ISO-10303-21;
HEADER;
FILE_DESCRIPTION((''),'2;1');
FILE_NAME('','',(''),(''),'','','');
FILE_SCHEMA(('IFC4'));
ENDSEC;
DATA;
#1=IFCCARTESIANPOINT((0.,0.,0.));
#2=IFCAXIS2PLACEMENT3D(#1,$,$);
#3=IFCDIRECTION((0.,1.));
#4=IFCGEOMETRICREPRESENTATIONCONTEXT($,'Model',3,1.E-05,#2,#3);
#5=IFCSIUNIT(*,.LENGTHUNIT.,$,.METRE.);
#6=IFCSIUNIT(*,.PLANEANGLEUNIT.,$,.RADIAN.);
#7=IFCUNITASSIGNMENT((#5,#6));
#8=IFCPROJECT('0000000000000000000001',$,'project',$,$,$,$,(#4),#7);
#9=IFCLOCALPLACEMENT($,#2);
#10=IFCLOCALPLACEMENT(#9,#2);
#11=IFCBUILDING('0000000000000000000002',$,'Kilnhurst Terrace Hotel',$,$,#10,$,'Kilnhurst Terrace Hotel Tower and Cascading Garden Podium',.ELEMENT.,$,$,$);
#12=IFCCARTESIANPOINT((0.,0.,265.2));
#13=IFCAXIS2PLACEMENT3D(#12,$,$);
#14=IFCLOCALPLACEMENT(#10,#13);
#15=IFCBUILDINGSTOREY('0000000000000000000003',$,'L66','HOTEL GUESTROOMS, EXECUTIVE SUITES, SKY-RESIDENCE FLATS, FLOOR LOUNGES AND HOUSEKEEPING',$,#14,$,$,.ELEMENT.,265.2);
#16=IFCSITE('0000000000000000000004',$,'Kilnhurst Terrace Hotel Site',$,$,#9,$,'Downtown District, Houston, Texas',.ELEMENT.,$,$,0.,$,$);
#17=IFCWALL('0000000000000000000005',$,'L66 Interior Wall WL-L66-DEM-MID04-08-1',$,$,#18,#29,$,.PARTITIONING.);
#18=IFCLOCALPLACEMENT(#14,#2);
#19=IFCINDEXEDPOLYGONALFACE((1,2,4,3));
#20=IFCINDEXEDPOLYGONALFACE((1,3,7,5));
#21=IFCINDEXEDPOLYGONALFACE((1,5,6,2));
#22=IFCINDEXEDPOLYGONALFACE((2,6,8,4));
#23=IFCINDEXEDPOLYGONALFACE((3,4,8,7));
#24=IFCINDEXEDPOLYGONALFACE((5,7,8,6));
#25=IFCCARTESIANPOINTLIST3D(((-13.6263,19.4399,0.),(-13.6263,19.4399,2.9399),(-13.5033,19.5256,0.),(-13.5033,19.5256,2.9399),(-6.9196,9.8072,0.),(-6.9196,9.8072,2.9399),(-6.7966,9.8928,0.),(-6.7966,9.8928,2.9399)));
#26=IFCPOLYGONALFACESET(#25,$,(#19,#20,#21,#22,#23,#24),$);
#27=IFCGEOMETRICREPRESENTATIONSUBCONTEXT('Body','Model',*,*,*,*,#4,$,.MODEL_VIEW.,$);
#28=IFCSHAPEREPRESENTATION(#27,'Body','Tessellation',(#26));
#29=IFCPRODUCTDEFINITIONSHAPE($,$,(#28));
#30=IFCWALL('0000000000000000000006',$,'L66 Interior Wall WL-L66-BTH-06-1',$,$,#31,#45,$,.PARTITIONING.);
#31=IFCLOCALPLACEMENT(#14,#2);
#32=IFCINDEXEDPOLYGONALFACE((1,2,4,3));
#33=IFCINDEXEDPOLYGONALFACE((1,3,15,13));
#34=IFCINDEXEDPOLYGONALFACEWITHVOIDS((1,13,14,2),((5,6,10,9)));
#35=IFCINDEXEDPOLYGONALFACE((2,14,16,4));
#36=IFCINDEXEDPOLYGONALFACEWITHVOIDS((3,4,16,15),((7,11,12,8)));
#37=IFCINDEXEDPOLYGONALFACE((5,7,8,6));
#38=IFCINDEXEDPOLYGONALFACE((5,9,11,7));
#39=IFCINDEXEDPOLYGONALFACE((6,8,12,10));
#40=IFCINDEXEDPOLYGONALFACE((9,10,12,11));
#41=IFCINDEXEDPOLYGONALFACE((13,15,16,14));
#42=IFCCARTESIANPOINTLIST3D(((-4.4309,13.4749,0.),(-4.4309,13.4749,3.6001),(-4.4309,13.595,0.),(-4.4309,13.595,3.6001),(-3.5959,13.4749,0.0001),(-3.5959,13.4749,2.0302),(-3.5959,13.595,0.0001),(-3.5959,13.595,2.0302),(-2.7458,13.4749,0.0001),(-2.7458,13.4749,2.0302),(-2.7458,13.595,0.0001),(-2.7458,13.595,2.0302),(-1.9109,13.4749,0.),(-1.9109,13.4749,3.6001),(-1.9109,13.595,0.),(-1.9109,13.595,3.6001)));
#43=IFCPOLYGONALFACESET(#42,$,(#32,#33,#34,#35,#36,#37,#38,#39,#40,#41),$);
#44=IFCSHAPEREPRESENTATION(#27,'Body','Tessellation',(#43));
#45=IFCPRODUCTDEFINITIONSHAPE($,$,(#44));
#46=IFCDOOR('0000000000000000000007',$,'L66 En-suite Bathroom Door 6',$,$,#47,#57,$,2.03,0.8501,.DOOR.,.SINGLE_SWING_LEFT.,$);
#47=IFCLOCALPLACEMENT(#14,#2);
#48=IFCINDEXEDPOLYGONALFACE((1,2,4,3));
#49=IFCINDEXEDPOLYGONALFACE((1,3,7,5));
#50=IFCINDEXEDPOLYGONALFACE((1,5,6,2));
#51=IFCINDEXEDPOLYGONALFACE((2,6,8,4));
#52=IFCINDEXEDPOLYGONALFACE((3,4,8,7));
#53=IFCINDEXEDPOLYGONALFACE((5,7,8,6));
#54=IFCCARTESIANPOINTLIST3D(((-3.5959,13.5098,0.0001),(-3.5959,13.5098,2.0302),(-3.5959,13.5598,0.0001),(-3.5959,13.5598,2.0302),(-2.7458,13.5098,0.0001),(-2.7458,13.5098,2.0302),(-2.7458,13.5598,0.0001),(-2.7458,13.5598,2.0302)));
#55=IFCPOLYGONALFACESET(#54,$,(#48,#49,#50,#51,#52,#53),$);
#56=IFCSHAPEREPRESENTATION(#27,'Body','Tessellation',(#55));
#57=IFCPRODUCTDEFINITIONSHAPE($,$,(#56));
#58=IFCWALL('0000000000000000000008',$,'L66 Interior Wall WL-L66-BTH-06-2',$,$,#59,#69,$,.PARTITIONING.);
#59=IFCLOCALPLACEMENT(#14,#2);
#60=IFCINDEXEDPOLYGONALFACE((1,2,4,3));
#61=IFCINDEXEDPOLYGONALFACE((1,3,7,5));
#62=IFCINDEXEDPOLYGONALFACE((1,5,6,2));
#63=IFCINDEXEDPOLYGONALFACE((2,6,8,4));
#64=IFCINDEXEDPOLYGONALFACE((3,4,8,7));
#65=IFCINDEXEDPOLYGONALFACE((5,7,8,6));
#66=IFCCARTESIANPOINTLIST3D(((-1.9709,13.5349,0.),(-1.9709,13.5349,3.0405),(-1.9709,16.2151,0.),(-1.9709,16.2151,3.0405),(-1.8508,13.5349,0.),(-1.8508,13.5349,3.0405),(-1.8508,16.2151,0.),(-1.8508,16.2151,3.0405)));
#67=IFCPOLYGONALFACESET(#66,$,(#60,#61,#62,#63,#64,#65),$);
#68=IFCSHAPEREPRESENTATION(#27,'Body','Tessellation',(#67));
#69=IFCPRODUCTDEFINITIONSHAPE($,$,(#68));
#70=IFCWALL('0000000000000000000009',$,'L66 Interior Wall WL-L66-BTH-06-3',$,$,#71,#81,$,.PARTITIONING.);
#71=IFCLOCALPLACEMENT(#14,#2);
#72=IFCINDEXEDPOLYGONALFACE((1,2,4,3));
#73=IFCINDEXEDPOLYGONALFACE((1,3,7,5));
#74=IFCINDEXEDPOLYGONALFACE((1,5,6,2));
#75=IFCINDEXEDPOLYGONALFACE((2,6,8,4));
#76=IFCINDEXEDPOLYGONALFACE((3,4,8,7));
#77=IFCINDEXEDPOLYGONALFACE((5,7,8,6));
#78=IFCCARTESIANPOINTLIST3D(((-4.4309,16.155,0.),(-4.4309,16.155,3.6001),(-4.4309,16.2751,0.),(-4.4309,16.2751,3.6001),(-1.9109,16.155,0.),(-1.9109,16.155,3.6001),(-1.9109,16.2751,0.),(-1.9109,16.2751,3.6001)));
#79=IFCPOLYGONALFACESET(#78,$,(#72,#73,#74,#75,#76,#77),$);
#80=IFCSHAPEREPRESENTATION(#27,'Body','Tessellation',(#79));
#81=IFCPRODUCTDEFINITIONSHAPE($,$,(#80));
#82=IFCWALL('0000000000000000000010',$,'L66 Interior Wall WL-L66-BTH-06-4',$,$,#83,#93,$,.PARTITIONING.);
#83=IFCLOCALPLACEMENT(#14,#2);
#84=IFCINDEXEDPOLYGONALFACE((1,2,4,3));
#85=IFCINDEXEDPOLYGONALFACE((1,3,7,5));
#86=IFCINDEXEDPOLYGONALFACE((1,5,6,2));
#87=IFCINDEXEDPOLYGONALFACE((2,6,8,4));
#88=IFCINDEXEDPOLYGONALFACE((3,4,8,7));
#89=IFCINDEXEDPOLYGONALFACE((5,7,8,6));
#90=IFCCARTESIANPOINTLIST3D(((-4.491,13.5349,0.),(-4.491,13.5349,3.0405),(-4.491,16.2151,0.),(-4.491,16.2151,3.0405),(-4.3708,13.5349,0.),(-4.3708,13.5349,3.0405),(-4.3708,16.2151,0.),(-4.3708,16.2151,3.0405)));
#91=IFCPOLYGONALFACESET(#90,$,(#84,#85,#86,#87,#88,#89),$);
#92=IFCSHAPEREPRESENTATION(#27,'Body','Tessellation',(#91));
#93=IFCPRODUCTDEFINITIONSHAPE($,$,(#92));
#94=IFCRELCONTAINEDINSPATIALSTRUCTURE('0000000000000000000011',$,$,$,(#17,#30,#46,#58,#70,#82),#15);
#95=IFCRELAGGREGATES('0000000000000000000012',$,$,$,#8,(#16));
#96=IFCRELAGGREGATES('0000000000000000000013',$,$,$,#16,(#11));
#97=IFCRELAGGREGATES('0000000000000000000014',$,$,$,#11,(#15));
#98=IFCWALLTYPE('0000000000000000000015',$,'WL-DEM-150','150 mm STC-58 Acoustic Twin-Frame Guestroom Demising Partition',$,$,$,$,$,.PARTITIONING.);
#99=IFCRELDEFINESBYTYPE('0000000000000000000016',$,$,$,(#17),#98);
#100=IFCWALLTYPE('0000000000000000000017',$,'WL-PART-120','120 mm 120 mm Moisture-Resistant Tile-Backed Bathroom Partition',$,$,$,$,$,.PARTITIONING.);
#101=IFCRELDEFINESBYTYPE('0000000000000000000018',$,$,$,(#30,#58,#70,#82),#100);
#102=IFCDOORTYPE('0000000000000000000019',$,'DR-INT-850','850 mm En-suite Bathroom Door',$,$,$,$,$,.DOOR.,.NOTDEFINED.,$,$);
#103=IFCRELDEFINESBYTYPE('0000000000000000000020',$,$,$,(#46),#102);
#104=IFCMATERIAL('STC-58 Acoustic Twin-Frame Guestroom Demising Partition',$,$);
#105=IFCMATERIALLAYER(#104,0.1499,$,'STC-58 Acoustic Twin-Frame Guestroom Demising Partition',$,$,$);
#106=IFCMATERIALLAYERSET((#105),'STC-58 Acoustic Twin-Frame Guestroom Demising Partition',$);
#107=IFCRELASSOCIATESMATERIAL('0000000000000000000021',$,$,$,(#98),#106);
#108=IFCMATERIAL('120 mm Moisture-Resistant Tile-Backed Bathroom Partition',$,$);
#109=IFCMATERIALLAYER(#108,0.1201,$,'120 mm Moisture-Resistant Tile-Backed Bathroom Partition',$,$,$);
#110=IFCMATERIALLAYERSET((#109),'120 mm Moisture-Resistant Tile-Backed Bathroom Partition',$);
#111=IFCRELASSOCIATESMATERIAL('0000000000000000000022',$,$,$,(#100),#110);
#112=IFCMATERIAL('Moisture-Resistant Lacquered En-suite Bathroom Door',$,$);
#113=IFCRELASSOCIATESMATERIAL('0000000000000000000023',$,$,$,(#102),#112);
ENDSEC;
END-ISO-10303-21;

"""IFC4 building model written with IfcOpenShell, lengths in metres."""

from ifc_helpers import new_model, si_unit, direction, frame, frame_2d, origin, place, context, subcontext, project, spatial, rectangle, extrude, material, layer, layer_set, type_object, element, fill, save


model = new_model("IFC4")

# Units and contexts
model_context = context("Model", 3, precision=1e-05, world=origin(), true_north=direction((0.0, 1.0)))
body_context = subcontext(model_context, "Body", "Model", "MODEL_VIEW")
ifc_project = project(units=[si_unit("LENGTHUNIT", "METRE"), si_unit("PLANEANGLEUNIT", "RADIAN")], contexts=[model_context])

# Site, building, storey
site_placement = place(None, origin())
site = spatial("IfcSite", under=ifc_project, at=site_placement, Name="Kilnhurst Terrace Hotel Site", LongName="Downtown District, Houston, Texas", CompositionType="ELEMENT", RefElevation=0.0)
building_placement = place(site_placement, origin())
building = spatial("IfcBuilding", under=site, at=building_placement, Name="Kilnhurst Terrace Hotel", LongName="Kilnhurst Terrace Hotel Tower and Cascading Garden Podium", CompositionType="ELEMENT")
storey_placement = place(building_placement, frame((0.0, 0.0, 265.2)))
storey = spatial("IfcBuildingStorey", under=building, at=storey_placement, Name="L66", Description="HOTEL GUESTROOMS, EXECUTIVE SUITES, SKY-RESIDENCE FLATS, FLOOR LOUNGES AND HOUSEKEEPING", CompositionType="ELEMENT", Elevation=265.2)

# Wall
ifc_material_1 = material(Name="STC-58 Acoustic Twin-Frame Guestroom Demising Partition")
ifc_layer_1 = layer(ifc_material_1, 0.1499, Name="STC-58 Acoustic Twin-Frame Guestroom Demising Partition")
ifc_layer_set_1 = layer_set([ifc_layer_1], Name="STC-58 Acoustic Twin-Frame Guestroom Demising Partition")
wall_type_1 = type_object("IfcWallType", Name="WL-DEM-150", Description="150 mm STC-58 Acoustic Twin-Frame Guestroom Demising Partition", PredefinedType="PARTITIONING", material=ifc_layer_set_1)
wall_1_placement = place(storey_placement, frame((-6.8582, 9.8501, 0.0), z_axis=(0.0, 0.0, 1.0), x_axis=(-0.571392, 0.820677, 0.0)))
element("IfcWall", 1, at=wall_1_placement, inside=storey, type_object=wall_type_1, Name="L66 Interior Wall WL-L66-DEM-MID04-08-1", PredefinedType="PARTITIONING", context=body_context, shape_type="SweptSolid", body=[
    extrude(rectangle(XDim=11.7375, YDim=0.1499, at=frame_2d((5.8687, 0.0))), origin(), (0.0, 0.0, 1.0), 2.9399),
])

# Wall, opening, door
ifc_material_2 = material(Name="120 mm Moisture-Resistant Tile-Backed Bathroom Partition")
ifc_layer_2 = layer(ifc_material_2, 0.1201, Name="120 mm Moisture-Resistant Tile-Backed Bathroom Partition")
ifc_layer_set_2 = layer_set([ifc_layer_2], Name="120 mm Moisture-Resistant Tile-Backed Bathroom Partition")
wall_type_2 = type_object("IfcWallType", Name="WL-PART-120", Description="120 mm 120 mm Moisture-Resistant Tile-Backed Bathroom Partition", PredefinedType="PARTITIONING", material=ifc_layer_set_2)
wall_2_placement = place(storey_placement, frame((-4.4309, 13.5349, 0.0), z_axis=(0.0, 0.0, 1.0), x_axis=(1.0, 0.0, 0.0)))
wall_2 = element("IfcWall", 2, at=wall_2_placement, inside=storey, type_object=wall_type_2, Name="L66 Interior Wall WL-L66-BTH-06-1", PredefinedType="PARTITIONING", context=body_context, shape_type="SweptSolid", body=[
    extrude(rectangle(XDim=2.52, YDim=0.1201, at=frame_2d((1.26, 0.0))), origin(), (0.0, 0.0, 1.0), 3.6001),
])
opening_placement = place(wall_2_placement, frame((0.835, 0.0, 0.0)))
opening = element("IfcOpeningElement", 3, at=opening_placement, cuts=wall_2, PredefinedType="OPENING", context=body_context, shape_type="SweptSolid", body=[
    extrude(rectangle(XDim=0.8501, YDim=2.03, at=frame_2d((0.425, 1.0151))), frame((0.0, 0.0701, 0.0), z_axis=(0.0, -1.0, 0.0), x_axis=(1.0, 0.0, 0.0)), (0.0, 0.0, 1.0), 0.1401),
])
ifc_material_3 = material(Name="Moisture-Resistant Lacquered En-suite Bathroom Door")
door_type = type_object("IfcDoorType", Name="DR-INT-850", Description="850 mm En-suite Bathroom Door", OperationType="NOTDEFINED", PredefinedType="DOOR", material=ifc_material_3)
door_placement = place(opening_placement, origin())
door = element("IfcDoor", 4, at=door_placement, inside=storey, type_object=door_type, Name="L66 En-suite Bathroom Door 6", OperationType="SINGLE_SWING_LEFT", OverallHeight=2.03, OverallWidth=0.8501, PredefinedType="DOOR", context=body_context, shape_type="SweptSolid", body=[
    extrude(rectangle(XDim=0.8501, YDim=2.03, at=frame_2d((0.425, 1.0151))), frame((0.0, 0.0249, 0.0), z_axis=(0.0, -1.0, 0.0), x_axis=(1.0, 0.0, 0.0)), (0.0, 0.0, 1.0), 0.05),
])
fill(opening, door)

# Walls
wall_3_placement = place(storey_placement, frame((-1.9109, 13.5349, 0.0), z_axis=(0.0, 0.0, 1.0), x_axis=(0.0, 1.0, 0.0)))
element("IfcWall", 5, at=wall_3_placement, inside=storey, type_object=wall_type_2, Name="L66 Interior Wall WL-L66-BTH-06-2", PredefinedType="PARTITIONING", context=body_context, shape_type="SweptSolid", body=[
    extrude(rectangle(XDim=2.6802, YDim=0.1201, at=frame_2d((1.3401, 0.0))), origin(), (0.0, 0.0, 1.0), 3.0405),
])
wall_4_placement = place(storey_placement, frame((-1.9109, 16.2151, 0.0), z_axis=(0.0, 0.0, 1.0), x_axis=(-1.0, 0.0, 0.0)))
element("IfcWall", 6, at=wall_4_placement, inside=storey, type_object=wall_type_2, Name="L66 Interior Wall WL-L66-BTH-06-3", PredefinedType="PARTITIONING", context=body_context, shape_type="SweptSolid", body=[
    extrude(rectangle(XDim=2.52, YDim=0.1201, at=frame_2d((1.26, 0.0))), origin(), (0.0, 0.0, 1.0), 3.6001),
])
wall_5_placement = place(storey_placement, frame((-4.4309, 16.2151, 0.0), z_axis=(0.0, 0.0, 1.0), x_axis=(0.0, -1.0, 0.0)))
element("IfcWall", 7, at=wall_5_placement, inside=storey, type_object=wall_type_2, Name="L66 Interior Wall WL-L66-BTH-06-4", PredefinedType="PARTITIONING", context=body_context, shape_type="SweptSolid", body=[
    extrude(rectangle(XDim=2.6802, YDim=0.1201, at=frame_2d((1.3401, 0.0))), origin(), (0.0, 0.0, 1.0), 3.0405),
])

save(model, "model.ifc")
